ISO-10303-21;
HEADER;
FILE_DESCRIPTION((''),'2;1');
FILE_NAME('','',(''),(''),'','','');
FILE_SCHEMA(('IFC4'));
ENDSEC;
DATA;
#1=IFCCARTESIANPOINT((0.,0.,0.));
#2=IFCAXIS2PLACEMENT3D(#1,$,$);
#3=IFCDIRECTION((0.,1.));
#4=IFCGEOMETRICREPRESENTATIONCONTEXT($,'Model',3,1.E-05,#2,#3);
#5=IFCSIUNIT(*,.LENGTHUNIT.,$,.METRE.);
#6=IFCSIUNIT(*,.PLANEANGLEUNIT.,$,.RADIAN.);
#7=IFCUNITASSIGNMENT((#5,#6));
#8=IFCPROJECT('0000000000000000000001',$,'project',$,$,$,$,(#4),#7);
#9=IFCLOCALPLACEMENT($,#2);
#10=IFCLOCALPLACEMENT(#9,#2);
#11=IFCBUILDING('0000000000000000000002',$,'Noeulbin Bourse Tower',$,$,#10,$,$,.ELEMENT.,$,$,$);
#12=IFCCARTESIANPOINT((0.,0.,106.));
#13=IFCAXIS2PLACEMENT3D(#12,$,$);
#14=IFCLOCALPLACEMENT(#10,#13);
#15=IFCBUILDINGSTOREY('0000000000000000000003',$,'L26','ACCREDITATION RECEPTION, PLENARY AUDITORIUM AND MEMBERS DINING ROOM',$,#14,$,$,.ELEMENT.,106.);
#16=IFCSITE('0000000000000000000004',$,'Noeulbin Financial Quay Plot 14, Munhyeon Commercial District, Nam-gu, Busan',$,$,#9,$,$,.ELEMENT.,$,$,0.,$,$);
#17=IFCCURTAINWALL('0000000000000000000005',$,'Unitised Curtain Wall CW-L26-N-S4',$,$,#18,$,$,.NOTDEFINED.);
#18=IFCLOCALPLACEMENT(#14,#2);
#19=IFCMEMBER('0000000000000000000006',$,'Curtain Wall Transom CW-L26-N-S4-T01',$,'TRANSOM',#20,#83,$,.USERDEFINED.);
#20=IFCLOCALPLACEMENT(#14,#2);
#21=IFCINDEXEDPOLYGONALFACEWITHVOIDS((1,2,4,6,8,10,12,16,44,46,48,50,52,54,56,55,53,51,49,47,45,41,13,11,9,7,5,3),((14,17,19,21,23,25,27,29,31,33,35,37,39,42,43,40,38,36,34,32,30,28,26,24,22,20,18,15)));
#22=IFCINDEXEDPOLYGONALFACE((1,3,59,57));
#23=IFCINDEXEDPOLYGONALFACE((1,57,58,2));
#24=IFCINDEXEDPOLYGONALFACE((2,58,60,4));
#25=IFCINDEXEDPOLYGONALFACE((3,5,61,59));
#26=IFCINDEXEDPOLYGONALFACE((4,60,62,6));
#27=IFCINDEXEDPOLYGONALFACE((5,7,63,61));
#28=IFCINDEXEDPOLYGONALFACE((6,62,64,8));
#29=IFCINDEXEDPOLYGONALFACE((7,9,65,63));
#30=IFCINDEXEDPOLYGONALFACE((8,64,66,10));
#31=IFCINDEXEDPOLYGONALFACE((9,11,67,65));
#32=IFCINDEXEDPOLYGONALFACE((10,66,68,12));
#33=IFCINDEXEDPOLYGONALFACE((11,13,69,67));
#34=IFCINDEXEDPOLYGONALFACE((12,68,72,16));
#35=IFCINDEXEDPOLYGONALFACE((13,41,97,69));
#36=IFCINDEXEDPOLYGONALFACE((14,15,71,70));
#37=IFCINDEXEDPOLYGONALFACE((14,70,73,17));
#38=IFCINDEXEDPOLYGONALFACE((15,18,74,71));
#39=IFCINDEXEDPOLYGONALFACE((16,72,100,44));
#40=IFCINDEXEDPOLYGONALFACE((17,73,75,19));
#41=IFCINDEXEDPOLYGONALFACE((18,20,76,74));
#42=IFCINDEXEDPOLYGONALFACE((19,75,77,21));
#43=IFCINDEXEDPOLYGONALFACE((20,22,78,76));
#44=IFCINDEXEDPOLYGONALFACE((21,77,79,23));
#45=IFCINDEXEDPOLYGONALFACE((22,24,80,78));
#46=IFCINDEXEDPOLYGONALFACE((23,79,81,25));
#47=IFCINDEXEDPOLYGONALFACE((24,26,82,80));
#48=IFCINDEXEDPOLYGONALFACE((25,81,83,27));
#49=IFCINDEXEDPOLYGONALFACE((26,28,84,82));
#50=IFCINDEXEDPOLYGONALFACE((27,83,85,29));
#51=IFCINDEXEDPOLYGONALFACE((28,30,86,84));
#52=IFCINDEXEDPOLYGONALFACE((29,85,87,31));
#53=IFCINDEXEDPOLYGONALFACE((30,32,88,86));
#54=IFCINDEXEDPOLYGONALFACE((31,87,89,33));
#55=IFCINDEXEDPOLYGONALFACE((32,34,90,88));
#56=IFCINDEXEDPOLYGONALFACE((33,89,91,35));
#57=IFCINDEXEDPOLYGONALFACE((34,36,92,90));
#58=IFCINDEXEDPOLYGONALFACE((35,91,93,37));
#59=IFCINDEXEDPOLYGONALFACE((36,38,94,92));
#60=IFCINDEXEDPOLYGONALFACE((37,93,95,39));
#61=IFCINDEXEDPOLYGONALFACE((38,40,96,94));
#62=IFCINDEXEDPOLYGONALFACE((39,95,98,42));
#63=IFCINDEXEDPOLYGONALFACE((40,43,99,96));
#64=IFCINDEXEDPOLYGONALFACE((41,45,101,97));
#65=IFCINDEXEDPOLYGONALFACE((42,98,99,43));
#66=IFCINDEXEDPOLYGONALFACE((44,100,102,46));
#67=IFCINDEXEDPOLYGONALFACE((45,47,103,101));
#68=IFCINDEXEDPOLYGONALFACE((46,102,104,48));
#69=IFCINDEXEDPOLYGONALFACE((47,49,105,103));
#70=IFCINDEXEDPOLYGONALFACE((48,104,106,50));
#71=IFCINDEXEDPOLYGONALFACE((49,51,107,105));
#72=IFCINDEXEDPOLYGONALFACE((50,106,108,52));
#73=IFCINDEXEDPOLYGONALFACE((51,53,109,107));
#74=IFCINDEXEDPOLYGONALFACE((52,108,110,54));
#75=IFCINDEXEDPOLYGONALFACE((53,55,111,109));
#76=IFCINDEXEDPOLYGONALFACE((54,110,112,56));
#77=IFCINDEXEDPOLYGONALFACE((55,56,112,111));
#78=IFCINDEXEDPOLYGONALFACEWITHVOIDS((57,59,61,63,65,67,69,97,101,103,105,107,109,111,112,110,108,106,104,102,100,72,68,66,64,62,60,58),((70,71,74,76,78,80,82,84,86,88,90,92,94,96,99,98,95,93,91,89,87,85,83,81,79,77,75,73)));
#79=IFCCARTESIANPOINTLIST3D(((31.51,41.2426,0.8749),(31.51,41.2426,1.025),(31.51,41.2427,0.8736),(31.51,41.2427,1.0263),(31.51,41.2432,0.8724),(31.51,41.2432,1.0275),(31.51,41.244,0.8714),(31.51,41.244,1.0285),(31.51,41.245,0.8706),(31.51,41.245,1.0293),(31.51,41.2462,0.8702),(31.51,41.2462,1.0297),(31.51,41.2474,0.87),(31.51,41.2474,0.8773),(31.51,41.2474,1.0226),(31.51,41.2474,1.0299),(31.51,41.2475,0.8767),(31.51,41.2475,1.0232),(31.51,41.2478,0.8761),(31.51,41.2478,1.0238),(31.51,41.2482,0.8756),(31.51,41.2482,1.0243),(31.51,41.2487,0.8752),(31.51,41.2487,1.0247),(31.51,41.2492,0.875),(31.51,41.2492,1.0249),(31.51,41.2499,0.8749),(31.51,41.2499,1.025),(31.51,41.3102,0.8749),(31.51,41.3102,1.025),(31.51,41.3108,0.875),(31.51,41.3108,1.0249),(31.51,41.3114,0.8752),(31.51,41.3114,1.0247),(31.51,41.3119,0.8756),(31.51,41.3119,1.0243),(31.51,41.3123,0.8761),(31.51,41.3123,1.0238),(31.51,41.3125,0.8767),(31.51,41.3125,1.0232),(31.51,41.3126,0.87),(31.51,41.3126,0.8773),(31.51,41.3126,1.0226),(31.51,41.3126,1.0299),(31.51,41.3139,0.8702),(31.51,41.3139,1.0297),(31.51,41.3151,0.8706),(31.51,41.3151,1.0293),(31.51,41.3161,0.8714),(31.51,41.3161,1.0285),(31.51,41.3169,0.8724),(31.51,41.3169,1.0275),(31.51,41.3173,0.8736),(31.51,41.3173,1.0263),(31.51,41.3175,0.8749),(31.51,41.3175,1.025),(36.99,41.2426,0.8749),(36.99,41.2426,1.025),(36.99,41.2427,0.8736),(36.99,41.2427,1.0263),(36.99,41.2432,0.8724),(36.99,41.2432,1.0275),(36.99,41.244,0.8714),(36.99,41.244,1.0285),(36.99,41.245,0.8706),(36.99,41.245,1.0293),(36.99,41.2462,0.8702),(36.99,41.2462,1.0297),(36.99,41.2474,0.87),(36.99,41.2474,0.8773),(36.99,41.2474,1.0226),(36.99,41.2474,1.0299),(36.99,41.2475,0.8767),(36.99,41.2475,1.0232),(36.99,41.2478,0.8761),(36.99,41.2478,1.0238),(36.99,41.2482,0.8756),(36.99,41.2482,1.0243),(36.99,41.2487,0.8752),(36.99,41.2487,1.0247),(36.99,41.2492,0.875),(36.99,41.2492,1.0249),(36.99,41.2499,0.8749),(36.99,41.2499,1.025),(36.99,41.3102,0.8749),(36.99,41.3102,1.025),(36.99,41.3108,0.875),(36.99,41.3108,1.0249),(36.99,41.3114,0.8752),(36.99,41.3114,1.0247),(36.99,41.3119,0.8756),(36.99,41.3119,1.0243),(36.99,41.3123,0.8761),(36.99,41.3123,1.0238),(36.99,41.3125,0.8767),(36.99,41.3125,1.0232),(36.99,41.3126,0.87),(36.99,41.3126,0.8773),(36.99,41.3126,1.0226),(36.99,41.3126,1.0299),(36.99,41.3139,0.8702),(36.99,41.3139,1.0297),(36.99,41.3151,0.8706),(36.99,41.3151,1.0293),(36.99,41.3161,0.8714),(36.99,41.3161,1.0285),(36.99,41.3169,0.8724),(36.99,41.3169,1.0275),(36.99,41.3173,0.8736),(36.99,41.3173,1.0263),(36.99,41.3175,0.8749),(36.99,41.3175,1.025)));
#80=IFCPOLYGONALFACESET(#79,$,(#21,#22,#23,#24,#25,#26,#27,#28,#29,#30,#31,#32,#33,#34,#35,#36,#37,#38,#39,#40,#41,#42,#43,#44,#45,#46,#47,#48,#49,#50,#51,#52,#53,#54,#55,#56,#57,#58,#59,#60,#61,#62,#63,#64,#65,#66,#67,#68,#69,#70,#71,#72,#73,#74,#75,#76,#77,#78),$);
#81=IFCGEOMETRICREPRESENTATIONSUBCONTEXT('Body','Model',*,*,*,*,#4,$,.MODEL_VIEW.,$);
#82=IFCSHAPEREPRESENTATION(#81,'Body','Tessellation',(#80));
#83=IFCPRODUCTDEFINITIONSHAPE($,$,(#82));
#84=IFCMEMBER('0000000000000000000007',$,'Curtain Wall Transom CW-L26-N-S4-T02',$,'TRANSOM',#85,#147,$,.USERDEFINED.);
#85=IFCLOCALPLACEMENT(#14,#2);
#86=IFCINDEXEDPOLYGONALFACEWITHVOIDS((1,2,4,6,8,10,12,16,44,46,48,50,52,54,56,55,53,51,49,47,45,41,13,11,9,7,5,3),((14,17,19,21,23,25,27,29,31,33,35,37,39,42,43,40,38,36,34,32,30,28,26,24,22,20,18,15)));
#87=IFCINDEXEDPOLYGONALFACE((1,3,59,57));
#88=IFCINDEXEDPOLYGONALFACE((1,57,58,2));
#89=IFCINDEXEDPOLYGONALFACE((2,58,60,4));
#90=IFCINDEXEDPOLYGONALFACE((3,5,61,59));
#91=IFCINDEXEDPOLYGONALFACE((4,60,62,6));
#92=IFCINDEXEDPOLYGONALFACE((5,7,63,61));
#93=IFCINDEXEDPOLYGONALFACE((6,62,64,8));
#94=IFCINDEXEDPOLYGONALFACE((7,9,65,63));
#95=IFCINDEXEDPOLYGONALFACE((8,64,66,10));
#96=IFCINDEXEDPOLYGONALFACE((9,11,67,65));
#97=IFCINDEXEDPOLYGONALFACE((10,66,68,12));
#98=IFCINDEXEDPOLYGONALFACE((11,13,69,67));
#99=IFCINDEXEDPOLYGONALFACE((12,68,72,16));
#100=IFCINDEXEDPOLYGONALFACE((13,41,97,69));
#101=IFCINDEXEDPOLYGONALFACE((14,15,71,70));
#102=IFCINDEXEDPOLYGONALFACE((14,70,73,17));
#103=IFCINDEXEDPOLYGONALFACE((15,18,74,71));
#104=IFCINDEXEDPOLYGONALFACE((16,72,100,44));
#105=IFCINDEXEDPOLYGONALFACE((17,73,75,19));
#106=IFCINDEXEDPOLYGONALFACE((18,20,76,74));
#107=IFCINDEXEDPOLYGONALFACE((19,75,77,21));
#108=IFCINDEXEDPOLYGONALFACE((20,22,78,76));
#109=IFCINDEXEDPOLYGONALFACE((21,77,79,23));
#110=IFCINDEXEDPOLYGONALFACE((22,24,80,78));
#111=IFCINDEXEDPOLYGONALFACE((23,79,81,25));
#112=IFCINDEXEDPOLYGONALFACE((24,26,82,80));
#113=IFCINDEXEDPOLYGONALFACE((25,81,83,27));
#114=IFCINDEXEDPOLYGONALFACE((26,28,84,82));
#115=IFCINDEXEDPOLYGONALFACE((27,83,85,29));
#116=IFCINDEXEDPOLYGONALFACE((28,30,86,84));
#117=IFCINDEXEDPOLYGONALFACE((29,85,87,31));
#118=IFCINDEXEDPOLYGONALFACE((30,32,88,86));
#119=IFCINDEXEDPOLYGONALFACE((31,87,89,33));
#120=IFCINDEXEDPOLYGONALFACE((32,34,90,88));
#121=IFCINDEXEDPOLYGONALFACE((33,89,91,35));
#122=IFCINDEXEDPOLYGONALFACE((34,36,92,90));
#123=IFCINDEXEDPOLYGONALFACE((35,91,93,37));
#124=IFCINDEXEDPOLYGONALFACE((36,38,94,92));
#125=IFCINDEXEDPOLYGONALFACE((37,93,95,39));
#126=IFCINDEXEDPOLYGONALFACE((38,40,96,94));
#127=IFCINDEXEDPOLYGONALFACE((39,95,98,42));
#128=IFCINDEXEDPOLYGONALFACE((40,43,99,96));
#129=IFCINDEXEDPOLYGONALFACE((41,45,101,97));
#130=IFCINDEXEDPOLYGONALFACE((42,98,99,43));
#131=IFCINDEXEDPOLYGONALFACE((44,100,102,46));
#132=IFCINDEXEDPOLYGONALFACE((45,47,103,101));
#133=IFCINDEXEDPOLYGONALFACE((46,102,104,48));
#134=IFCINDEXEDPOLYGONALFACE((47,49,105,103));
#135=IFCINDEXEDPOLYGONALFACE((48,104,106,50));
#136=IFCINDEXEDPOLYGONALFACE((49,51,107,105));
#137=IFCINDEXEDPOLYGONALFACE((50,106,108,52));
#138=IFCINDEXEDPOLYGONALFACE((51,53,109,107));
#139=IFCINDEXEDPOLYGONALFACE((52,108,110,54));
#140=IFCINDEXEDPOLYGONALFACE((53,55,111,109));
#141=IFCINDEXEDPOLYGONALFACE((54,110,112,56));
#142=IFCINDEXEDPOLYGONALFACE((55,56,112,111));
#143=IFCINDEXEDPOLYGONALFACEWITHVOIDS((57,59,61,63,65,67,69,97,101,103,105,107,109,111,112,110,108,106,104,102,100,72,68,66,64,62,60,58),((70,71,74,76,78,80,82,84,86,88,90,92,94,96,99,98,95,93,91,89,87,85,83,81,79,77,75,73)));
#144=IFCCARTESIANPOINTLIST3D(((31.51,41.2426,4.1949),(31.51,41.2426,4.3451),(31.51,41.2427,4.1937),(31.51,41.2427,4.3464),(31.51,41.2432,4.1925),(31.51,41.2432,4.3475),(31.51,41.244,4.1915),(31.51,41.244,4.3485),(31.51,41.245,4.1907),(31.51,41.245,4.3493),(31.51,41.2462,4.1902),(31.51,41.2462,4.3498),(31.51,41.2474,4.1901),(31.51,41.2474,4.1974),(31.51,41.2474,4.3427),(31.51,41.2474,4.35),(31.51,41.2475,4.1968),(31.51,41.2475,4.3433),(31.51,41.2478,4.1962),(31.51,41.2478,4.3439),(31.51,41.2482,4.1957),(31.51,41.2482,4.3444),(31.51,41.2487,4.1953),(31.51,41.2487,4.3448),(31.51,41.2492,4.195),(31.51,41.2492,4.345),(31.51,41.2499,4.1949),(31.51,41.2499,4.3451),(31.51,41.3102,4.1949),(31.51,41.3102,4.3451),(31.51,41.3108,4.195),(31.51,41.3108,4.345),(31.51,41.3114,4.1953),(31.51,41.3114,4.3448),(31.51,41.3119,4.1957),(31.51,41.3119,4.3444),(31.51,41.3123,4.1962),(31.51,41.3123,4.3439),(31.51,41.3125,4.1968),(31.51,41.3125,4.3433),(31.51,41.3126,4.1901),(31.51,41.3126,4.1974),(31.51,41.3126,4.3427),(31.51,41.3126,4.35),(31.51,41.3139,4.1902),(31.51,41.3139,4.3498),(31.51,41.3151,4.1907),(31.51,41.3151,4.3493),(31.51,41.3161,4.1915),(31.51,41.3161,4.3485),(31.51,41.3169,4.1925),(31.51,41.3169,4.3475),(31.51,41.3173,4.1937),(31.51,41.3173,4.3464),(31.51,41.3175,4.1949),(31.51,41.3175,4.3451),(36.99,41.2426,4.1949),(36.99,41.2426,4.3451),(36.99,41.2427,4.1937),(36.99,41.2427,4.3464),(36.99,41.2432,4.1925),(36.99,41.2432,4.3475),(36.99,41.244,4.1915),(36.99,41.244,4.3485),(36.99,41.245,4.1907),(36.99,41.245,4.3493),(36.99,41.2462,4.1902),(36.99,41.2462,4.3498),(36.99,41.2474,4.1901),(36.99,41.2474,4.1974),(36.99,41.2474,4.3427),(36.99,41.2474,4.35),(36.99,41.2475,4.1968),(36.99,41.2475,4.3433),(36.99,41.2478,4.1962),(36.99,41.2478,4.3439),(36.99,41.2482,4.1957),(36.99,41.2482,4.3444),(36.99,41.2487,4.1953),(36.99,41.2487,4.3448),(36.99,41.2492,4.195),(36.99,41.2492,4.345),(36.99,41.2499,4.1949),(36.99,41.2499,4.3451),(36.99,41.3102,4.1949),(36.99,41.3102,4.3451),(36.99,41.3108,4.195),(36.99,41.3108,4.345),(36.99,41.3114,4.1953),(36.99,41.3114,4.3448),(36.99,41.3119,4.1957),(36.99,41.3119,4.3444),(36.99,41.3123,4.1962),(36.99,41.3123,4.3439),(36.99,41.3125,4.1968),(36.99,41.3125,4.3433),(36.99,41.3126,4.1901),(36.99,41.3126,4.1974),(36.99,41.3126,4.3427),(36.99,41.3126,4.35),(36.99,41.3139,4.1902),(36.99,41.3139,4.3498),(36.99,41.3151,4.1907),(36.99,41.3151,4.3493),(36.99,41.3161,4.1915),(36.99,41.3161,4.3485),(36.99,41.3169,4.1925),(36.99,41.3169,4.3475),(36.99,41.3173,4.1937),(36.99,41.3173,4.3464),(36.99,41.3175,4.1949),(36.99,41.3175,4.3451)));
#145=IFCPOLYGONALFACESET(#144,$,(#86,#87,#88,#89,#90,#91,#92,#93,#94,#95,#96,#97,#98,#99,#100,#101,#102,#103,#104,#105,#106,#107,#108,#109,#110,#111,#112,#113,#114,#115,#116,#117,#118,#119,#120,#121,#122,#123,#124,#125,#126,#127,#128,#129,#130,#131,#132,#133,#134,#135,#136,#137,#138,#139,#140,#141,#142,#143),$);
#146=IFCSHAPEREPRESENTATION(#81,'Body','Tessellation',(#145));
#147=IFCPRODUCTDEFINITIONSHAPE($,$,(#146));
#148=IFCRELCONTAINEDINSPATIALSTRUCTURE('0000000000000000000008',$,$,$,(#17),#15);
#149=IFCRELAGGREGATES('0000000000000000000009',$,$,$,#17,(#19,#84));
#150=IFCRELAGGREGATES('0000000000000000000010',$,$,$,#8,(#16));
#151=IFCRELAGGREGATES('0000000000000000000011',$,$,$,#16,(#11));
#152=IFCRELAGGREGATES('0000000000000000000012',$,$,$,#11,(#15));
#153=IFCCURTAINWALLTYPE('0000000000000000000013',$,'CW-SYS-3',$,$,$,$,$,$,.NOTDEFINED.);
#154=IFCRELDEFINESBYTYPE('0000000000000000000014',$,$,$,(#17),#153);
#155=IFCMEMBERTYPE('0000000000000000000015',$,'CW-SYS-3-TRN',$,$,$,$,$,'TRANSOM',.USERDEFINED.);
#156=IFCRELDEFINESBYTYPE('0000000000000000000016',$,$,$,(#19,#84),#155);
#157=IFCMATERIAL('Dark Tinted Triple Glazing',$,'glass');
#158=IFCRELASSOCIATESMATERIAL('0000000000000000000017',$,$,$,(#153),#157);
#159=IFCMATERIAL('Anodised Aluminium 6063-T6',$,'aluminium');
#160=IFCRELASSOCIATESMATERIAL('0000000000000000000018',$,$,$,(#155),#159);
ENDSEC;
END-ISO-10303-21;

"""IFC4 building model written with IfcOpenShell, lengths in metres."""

from ifc_helpers import new_model, si_unit, direction, frame, origin, origin_2d, place, context, subcontext, project, spatial, hollow_rectangle, extrude, material, material_profile, profile_set, type_object, element, aggregate, save


model = new_model("IFC4")

# Units and contexts
model_context = context("Model", 3, precision=1e-05, world=origin(), true_north=direction((0.0, 1.0)))
body_context = subcontext(model_context, "Body", "Model", "MODEL_VIEW")
ifc_project = project(units=[si_unit("LENGTHUNIT", "METRE"), si_unit("PLANEANGLEUNIT", "RADIAN")], contexts=[model_context])

# Site, building, storey
site_placement = place(None, origin())
site = spatial("IfcSite", under=ifc_project, at=site_placement, Name="Noeulbin Financial Quay Plot 14, Munhyeon Commercial District, Nam-gu, Busan", CompositionType="ELEMENT", RefElevation=0.0)
building_placement = place(site_placement, origin())
building = spatial("IfcBuilding", under=site, at=building_placement, Name="Noeulbin Bourse Tower", CompositionType="ELEMENT")
storey_placement = place(building_placement, frame((0.0, 0.0, 106.0)))
storey = spatial("IfcBuildingStorey", under=building, at=storey_placement, Name="L26", Description="ACCREDITATION RECEPTION, PLENARY AUDITORIUM AND MEMBERS DINING ROOM", CompositionType="ELEMENT", Elevation=106.0)

# Shared definitions
ifc_material_1 = material(Name="Dark Tinted Triple Glazing", Category="glass")
curtain_wall_type = type_object("IfcCurtainWallType", Name="CW-SYS-3", PredefinedType="NOTDEFINED", material=ifc_material_1)
ifc_material_2 = material(Name="Anodised Aluminium 6063-T6", Category="aluminium")

# Curtain wall
curtain_wall_1_placement = place(storey_placement, origin())
curtain_wall_1 = element("IfcCurtainWall", 1, at=curtain_wall_1_placement, inside=storey, type_object=curtain_wall_type, Name="Unitised Curtain Wall CW-L26-N-S4", PredefinedType="NOTDEFINED")

# Members
ifc_material_profile_1 = material_profile(ifc_material_2, hollow_rectangle(XDim=0.075, YDim=0.1599, WallThickness=0.0049, InnerFilletRadius=0.0024, OuterFilletRadius=0.0049, at=origin_2d()), Name="ALU-TRAN-75x160x5", Category="LoadBearing")
ifc_profile_set_1 = profile_set([ifc_material_profile_1], Name="Anodised Aluminium 6063-T6")
member_type_1 = type_object("IfcMemberType", Name="CW-SYS-3-TRN", ElementType="TRANSOM", PredefinedType="USERDEFINED", material=ifc_profile_set_1)
member_1_placement = place(storey_placement, frame((31.51, 41.28, 0.95), z_axis=(1.0, 0.0, 0.0), x_axis=(0.0, 1.0, 0.0)))
member_1 = element("IfcMember", 2, at=member_1_placement, type_object=member_type_1, Name="Curtain Wall Transom CW-L26-N-S4-T01", ObjectType="TRANSOM", PredefinedType="USERDEFINED", context=body_context, shape_type="SweptSolid", body=[
    extrude(hollow_rectangle(XDim=0.075, YDim=0.1599, WallThickness=0.0049, InnerFilletRadius=0.0024, OuterFilletRadius=0.0049, at=origin_2d()), origin(), (0.0, 0.0, 1.0), 5.48),
])
member_2_placement = place(storey_placement, frame((31.51, 41.28, 4.27), z_axis=(1.0, 0.0, 0.0), x_axis=(0.0, 1.0, 0.0)))
member_2 = element("IfcMember", 3, at=member_2_placement, type_object=member_type_1, Name="Curtain Wall Transom CW-L26-N-S4-T02", ObjectType="TRANSOM", PredefinedType="USERDEFINED", context=body_context, shape_type="SweptSolid", body=[
    extrude(hollow_rectangle(XDim=0.075, YDim=0.1599, WallThickness=0.0049, InnerFilletRadius=0.0024, OuterFilletRadius=0.0049, at=origin_2d()), origin(), (0.0, 0.0, 1.0), 5.48),
])

aggregate(curtain_wall_1, [member_1, member_2])

save(model, "model.ifc")
